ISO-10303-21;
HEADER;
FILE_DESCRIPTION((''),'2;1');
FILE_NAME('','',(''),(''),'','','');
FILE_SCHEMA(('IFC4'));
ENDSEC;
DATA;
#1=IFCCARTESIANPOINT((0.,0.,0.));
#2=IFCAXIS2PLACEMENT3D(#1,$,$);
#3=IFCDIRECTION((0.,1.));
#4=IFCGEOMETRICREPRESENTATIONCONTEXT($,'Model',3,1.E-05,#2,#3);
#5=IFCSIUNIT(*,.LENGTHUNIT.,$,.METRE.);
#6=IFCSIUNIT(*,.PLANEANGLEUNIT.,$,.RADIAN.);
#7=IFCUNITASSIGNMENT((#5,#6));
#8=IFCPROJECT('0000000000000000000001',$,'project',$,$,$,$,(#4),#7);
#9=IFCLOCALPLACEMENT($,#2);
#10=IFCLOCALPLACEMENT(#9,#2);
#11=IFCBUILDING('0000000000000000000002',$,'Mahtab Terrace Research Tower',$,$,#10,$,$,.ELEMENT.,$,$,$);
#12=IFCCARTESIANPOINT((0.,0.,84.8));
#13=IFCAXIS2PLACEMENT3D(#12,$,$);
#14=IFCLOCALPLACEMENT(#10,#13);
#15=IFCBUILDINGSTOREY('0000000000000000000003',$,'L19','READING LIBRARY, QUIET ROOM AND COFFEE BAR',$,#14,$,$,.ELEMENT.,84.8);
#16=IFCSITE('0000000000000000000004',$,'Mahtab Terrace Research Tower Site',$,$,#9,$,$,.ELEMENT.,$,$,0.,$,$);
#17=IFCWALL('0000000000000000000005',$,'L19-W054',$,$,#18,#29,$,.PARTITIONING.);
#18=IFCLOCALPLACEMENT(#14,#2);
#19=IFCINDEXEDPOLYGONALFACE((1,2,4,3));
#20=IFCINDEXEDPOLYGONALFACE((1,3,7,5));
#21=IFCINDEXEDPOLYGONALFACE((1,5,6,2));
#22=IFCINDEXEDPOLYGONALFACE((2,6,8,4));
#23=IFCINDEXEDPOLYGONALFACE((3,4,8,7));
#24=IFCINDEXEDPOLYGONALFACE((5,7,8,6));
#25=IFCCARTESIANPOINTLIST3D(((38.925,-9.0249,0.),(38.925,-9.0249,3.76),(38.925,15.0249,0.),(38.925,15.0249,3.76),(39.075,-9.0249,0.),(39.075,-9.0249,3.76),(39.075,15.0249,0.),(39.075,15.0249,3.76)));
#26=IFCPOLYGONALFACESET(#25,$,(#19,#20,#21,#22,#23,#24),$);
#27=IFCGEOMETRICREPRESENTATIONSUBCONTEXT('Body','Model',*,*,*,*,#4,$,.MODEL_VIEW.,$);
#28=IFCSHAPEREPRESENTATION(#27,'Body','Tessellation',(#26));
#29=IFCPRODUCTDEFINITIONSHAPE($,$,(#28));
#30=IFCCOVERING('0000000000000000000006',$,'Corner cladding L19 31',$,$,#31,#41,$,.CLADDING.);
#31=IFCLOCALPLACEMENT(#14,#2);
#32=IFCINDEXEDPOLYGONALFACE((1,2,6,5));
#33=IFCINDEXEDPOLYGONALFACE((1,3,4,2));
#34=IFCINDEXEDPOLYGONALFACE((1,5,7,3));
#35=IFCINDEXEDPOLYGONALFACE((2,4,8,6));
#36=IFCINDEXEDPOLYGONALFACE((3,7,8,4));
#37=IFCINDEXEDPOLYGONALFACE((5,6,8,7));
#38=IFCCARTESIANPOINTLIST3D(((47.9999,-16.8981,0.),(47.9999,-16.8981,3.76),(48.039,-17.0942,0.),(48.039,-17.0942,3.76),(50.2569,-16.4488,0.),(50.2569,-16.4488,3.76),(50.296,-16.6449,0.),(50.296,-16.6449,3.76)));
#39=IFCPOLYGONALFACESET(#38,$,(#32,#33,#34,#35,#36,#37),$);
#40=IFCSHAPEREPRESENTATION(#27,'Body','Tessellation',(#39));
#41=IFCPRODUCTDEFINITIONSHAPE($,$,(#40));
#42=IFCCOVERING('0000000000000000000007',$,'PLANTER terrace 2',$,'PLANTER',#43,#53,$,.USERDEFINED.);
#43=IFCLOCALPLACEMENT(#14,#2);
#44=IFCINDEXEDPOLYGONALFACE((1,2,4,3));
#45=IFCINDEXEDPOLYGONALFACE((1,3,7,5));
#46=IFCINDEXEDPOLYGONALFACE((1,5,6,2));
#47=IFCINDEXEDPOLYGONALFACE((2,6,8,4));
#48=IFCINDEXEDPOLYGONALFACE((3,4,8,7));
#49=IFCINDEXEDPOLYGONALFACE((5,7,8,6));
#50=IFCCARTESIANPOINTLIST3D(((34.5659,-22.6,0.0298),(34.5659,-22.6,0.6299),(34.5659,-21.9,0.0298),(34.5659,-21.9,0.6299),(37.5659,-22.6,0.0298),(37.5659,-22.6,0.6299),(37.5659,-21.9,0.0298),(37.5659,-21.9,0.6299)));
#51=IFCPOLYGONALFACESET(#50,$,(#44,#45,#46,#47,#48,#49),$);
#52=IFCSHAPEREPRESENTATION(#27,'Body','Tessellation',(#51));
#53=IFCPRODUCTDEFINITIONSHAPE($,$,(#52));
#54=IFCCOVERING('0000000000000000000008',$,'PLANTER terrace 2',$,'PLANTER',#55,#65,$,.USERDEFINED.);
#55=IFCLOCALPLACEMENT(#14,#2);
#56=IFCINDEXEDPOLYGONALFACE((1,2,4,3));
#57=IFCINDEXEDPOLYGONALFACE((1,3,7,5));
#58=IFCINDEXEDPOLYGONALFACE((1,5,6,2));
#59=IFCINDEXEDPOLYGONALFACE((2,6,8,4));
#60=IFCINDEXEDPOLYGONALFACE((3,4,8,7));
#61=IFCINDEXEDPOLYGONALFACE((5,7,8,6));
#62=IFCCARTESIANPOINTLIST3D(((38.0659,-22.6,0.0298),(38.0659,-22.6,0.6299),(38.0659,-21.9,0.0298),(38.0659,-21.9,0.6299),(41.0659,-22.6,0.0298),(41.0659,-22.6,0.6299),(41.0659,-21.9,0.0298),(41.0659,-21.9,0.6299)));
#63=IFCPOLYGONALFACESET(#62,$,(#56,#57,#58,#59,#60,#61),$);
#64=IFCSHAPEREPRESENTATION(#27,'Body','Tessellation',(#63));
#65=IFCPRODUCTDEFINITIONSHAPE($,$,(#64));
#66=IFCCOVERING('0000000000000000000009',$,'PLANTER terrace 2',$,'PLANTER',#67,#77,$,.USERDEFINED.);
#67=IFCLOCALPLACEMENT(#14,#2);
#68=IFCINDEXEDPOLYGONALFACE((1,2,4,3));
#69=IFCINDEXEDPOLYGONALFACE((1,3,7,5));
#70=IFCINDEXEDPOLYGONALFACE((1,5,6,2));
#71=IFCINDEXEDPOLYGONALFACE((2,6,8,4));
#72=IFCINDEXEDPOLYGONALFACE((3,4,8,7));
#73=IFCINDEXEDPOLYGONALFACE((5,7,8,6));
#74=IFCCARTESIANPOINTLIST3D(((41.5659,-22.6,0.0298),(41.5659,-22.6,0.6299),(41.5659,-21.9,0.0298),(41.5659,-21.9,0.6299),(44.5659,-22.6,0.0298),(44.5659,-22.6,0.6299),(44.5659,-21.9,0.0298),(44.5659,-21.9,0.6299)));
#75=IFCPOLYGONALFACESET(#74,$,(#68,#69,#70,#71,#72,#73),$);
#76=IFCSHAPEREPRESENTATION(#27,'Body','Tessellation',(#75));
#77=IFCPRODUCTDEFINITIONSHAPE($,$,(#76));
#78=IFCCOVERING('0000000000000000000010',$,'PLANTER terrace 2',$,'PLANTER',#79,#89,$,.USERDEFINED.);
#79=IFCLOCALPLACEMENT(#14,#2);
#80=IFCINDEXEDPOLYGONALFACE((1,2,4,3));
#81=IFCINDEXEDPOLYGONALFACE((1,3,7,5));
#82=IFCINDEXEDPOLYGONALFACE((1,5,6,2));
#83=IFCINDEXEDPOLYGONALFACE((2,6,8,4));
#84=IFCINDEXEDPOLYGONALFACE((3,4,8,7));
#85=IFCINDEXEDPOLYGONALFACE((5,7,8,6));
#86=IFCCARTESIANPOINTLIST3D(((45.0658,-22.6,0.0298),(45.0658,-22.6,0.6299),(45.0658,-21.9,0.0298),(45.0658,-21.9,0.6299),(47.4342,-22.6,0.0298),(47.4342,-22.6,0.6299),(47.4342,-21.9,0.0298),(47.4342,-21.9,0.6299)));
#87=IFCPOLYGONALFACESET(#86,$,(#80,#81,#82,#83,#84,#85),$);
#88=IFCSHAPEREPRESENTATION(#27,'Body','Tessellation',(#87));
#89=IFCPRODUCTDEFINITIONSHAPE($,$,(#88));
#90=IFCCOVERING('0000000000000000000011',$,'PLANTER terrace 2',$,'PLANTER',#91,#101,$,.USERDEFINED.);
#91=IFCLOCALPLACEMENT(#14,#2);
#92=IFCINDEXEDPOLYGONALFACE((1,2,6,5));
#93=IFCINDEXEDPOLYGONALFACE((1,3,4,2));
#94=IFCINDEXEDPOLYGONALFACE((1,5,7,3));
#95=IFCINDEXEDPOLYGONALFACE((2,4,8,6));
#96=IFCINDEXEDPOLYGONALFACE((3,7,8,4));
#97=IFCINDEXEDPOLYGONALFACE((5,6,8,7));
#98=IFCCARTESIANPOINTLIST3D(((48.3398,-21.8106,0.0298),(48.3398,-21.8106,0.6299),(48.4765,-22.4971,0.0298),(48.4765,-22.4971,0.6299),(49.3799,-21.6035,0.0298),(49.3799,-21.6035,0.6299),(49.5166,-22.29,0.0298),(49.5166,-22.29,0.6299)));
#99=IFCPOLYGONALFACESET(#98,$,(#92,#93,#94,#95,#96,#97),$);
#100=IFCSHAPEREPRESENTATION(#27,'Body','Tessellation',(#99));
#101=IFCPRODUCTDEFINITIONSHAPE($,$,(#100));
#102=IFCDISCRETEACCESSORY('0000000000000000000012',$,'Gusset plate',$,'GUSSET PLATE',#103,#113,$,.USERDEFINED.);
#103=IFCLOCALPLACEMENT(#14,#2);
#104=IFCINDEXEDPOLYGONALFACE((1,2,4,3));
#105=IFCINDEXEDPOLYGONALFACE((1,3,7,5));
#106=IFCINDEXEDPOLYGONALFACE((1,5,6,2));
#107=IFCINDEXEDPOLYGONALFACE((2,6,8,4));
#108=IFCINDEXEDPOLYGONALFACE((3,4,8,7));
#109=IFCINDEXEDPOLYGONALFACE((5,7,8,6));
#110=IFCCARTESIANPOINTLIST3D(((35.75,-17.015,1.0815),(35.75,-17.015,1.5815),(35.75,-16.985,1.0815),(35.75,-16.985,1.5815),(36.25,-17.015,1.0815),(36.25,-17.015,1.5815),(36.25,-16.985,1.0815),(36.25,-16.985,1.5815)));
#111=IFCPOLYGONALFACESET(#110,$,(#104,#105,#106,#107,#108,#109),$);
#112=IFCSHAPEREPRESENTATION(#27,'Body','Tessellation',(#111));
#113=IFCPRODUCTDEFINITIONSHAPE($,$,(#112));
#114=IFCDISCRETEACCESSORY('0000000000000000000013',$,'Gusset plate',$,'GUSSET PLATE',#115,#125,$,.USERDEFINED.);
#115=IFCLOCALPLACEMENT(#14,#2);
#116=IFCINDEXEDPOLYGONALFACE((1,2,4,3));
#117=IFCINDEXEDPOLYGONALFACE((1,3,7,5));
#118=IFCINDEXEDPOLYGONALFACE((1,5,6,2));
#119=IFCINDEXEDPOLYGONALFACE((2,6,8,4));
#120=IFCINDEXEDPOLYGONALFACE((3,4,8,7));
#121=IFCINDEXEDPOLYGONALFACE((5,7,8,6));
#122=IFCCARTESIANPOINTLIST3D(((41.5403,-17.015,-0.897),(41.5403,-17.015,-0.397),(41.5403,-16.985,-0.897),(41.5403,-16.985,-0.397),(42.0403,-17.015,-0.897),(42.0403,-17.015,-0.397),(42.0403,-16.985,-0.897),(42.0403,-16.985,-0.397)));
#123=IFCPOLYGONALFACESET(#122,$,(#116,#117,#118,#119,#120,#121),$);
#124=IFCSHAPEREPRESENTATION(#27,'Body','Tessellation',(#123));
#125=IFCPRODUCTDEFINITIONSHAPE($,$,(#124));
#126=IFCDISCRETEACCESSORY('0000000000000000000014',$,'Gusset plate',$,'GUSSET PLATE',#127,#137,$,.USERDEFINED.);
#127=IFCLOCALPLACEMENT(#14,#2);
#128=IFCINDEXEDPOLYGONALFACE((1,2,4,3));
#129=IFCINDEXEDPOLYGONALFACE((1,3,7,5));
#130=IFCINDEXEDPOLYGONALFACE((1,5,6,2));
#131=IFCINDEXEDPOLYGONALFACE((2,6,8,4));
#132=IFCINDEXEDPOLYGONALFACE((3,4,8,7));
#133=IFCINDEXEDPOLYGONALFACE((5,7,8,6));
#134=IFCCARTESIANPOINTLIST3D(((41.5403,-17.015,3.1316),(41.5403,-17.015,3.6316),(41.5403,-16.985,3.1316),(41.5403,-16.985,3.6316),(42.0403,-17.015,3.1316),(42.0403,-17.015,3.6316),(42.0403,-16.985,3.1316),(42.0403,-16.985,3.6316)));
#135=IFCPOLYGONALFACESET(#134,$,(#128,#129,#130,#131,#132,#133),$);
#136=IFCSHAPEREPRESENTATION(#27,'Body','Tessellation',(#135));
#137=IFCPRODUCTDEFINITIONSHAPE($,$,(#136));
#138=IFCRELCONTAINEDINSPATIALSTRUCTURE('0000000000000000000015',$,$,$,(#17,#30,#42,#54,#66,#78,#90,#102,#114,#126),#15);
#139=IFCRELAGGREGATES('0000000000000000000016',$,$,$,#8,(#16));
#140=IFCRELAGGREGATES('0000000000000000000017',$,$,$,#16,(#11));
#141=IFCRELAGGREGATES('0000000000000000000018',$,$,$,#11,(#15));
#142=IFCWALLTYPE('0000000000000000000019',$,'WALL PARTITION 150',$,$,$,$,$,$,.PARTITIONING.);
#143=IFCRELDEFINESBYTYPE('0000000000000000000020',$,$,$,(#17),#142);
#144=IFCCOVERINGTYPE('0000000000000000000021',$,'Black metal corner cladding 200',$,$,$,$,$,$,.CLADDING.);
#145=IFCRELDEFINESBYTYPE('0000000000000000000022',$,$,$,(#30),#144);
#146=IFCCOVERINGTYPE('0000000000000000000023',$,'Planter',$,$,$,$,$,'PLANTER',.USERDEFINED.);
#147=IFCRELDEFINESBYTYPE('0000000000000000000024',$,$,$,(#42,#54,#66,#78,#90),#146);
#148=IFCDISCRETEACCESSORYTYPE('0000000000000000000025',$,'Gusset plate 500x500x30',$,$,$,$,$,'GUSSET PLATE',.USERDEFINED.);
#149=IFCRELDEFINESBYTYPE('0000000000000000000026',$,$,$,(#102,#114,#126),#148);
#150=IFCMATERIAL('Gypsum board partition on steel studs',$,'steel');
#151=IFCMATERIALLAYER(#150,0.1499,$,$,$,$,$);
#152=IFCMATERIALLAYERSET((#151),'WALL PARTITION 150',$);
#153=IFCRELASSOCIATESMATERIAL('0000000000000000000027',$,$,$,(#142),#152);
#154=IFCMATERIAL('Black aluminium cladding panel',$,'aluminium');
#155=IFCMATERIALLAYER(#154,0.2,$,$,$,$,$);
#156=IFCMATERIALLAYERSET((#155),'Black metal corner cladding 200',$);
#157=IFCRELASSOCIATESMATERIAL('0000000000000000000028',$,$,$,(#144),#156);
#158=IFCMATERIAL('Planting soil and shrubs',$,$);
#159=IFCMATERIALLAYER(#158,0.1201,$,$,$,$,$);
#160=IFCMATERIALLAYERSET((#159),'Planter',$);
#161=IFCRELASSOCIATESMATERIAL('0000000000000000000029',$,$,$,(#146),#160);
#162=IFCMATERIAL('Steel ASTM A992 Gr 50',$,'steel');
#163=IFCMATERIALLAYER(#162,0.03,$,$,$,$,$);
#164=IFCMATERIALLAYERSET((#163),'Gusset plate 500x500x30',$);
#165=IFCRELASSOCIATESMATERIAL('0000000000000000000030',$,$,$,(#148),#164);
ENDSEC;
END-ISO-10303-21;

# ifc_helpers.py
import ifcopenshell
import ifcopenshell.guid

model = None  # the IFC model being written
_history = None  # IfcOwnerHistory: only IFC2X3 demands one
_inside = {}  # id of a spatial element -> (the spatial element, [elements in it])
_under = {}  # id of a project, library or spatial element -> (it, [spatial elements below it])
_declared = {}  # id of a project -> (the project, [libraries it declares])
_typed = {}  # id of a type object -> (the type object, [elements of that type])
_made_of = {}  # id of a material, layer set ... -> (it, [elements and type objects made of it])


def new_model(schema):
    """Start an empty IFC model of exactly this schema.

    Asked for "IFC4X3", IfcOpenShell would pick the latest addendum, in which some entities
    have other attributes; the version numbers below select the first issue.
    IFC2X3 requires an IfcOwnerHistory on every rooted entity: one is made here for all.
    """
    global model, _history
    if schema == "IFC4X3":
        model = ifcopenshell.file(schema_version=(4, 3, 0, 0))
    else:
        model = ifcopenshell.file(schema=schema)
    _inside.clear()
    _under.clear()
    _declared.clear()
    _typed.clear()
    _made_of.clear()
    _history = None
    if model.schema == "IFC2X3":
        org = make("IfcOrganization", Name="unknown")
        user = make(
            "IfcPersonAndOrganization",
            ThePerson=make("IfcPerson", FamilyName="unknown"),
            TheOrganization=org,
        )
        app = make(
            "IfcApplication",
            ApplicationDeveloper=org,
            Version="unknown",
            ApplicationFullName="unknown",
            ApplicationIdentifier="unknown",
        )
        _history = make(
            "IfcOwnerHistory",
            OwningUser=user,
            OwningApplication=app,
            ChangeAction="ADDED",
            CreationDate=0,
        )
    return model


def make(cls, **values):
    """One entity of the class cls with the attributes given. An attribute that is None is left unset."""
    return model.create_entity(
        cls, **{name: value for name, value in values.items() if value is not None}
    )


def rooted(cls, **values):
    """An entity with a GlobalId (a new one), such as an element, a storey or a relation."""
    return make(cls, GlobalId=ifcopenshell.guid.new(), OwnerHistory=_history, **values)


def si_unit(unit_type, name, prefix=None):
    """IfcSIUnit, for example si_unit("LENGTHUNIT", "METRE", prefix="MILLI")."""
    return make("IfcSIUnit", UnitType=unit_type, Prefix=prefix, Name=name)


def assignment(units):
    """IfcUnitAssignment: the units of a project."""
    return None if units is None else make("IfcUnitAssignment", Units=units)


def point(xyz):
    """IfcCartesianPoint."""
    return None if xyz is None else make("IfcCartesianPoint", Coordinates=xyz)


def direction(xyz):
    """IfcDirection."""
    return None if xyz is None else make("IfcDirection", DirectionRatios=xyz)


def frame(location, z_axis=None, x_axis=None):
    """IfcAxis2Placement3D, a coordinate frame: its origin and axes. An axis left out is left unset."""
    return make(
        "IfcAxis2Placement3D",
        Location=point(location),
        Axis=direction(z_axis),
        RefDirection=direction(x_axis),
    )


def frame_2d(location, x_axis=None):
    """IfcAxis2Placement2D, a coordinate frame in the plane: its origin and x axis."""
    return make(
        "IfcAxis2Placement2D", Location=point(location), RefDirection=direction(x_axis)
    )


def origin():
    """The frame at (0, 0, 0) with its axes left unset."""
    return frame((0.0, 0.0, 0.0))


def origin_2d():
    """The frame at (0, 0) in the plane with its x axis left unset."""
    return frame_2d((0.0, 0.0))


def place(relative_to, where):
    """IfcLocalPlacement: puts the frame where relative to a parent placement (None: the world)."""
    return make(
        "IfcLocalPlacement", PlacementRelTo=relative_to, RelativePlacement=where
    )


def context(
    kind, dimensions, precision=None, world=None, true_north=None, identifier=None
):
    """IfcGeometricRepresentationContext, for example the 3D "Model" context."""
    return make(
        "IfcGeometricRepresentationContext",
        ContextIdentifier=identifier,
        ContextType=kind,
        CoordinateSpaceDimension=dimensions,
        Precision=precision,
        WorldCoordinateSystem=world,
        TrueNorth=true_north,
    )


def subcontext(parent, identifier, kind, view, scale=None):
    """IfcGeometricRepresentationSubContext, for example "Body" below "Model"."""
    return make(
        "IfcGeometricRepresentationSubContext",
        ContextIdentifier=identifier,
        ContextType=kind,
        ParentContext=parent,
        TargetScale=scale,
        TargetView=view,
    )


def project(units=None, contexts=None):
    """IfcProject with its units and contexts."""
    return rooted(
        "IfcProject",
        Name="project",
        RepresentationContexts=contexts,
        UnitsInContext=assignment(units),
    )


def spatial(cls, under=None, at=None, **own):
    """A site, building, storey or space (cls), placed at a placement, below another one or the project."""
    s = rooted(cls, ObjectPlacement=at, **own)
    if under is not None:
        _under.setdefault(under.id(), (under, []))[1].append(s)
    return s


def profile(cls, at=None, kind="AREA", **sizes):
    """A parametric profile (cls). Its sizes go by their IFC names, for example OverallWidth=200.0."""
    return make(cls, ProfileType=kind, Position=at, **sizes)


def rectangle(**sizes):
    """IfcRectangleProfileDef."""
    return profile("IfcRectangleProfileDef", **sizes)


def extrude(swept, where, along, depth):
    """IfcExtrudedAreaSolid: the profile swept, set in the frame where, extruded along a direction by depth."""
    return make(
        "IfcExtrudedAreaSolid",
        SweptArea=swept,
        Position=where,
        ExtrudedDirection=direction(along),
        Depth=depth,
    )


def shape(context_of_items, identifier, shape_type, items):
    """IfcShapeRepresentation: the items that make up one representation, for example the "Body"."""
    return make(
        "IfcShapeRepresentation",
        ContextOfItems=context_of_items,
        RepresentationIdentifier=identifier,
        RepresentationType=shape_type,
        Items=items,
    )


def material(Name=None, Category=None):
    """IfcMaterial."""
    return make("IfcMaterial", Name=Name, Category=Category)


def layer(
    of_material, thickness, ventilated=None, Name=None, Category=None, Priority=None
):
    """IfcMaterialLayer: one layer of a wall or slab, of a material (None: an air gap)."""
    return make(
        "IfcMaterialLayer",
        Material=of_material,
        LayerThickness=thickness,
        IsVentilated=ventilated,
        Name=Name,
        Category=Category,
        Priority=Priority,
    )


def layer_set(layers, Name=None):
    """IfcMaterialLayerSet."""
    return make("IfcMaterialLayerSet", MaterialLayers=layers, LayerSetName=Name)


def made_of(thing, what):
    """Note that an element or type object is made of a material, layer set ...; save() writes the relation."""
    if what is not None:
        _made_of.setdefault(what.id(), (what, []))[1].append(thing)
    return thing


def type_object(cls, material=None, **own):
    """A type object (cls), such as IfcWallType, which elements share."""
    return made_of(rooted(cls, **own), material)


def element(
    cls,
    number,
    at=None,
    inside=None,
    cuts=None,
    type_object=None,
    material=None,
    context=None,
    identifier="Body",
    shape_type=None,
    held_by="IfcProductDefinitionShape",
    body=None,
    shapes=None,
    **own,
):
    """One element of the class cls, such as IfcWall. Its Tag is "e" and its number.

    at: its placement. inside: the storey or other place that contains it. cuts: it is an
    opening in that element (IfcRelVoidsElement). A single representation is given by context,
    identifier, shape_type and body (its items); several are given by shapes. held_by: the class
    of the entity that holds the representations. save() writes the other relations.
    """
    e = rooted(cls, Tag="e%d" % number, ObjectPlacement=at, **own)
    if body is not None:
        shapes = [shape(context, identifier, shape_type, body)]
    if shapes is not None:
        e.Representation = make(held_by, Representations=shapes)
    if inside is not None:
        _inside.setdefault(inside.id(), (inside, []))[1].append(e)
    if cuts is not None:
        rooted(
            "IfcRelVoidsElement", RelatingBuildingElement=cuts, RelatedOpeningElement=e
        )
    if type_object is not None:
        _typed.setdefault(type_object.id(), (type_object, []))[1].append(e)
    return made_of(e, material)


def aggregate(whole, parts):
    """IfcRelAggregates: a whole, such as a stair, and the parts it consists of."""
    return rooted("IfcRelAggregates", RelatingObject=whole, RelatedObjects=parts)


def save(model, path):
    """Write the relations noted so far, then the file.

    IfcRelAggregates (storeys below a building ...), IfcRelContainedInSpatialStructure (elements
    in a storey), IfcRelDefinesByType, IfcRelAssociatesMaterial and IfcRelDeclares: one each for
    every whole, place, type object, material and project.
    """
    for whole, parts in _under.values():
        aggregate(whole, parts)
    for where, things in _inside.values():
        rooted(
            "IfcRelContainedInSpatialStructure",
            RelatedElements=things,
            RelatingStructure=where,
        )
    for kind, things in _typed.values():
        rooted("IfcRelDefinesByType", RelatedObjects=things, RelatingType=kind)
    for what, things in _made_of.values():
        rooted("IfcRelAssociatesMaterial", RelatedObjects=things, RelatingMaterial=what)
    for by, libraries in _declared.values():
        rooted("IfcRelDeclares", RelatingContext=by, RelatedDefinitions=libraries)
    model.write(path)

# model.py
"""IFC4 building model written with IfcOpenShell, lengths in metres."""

from ifc_helpers import new_model, si_unit, direction, frame, frame_2d, origin, origin_2d, place, context, subcontext, project, spatial, rectangle, extrude, material, layer, layer_set, type_object, element, save


model = new_model("IFC4")

# Units and contexts
model_context = context("Model", 3, precision=1e-05, world=origin(), true_north=direction((0.0, 1.0)))
body_context = subcontext(model_context, "Body", "Model", "MODEL_VIEW")
ifc_project = project(units=[si_unit("LENGTHUNIT", "METRE"), si_unit("PLANEANGLEUNIT", "RADIAN")], contexts=[model_context])

# Site, building, storey
site_placement = place(None, origin())
site = spatial("IfcSite", under=ifc_project, at=site_placement, Name="Mahtab Terrace Research Tower Site", CompositionType="ELEMENT", RefElevation=0.0)
building_placement = place(site_placement, origin())
building = spatial("IfcBuilding", under=site, at=building_placement, Name="Mahtab Terrace Research Tower", CompositionType="ELEMENT")
storey_placement = place(building_placement, frame((0.0, 0.0, 84.8)))
storey = spatial("IfcBuildingStorey", under=building, at=storey_placement, Name="L19", Description="READING LIBRARY, QUIET ROOM AND COFFEE BAR", CompositionType="ELEMENT", Elevation=84.8)

# Shared definitions
ifc_material_1 = material(Name="Steel ASTM A992 Gr 50", Category="steel")

# Shared definitions
ifc_material_2 = material(Name="Black aluminium cladding panel", Category="aluminium")

# Wall
ifc_material_3 = material(Name="Gypsum board partition on steel studs", Category="steel")
ifc_layer_1 = layer(ifc_material_3, 0.1499)
ifc_layer_set_1 = layer_set([ifc_layer_1], Name="WALL PARTITION 150")
wall_type_1 = type_object("IfcWallType", Name="WALL PARTITION 150", PredefinedType="PARTITIONING", material=ifc_layer_set_1)
wall_1_placement = place(storey_placement, frame((39.0, -9.0249, 0.0), z_axis=(0.0, 0.0, 1.0), x_axis=(0.0, 1.0, 0.0)))
element("IfcWall", 1, at=wall_1_placement, inside=storey, type_object=wall_type_1, Name="L19-W054", PredefinedType="PARTITIONING", context=body_context, shape_type="SweptSolid", body=[
    extrude(rectangle(XDim=24.0498, YDim=0.1499, at=frame_2d((12.0249, 0.0))), origin(), (0.0, 0.0, 1.0), 3.76),
])

# Coverings
ifc_layer_2 = layer(ifc_material_2, 0.2)
ifc_layer_set_2 = layer_set([ifc_layer_2], Name="Black metal corner cladding 200")
covering_type_1 = type_object("IfcCoveringType", Name="Black metal corner cladding 200", PredefinedType="CLADDING", material=ifc_layer_set_2)
covering_1_placement = place(storey_placement, frame((49.1479, -16.7715, 0.0), z_axis=(0.0, 0.0, 1.0), x_axis=(0.980761, 0.195212, 0.0)))
element("IfcCovering", 2, at=covering_1_placement, inside=storey, type_object=covering_type_1, Name="Corner cladding L19 31", PredefinedType="CLADDING", context=body_context, shape_type="SweptSolid", body=[
    extrude(rectangle(XDim=2.3013, YDim=0.2, at=origin_2d()), origin(), (0.0, 0.0, 1.0), 3.76),
])
ifc_material_4 = material(Name="Planting soil and shrubs")
ifc_layer_3 = layer(ifc_material_4, 0.1201)
ifc_layer_set_3 = layer_set([ifc_layer_3], Name="Planter")
covering_type_2 = type_object("IfcCoveringType", Name="Planter", ElementType="PLANTER", PredefinedType="USERDEFINED", material=ifc_layer_set_3)
for number, where, z_axis, x_axis, name in (
    (3, (36.0659, -22.25, 0.0298), (0.0, 0.0, 1.0), (1.0, 0.0, 0.0), "PLANTER terrace 2"),
    (4, (39.5659, -22.25, 0.0298), (0.0, 0.0, 1.0), (1.0, 0.0, 0.0), "PLANTER terrace 2"),
    (5, (43.0659, -22.25, 0.0298), (0.0, 0.0, 1.0), (1.0, 0.0, 0.0), "PLANTER terrace 2"),
):
    element("IfcCovering", number, at=place(storey_placement, frame(where, z_axis=z_axis, x_axis=x_axis)), inside=storey, type_object=covering_type_2, Name=name, ObjectType="PLANTER", PredefinedType="USERDEFINED", context=body_context, shape_type="SweptSolid", body=[
        extrude(rectangle(XDim=3.0, YDim=0.7, at=origin_2d()), origin(), (0.0, 0.0, 1.0), 0.6001),
    ])
covering_2_placement = place(storey_placement, frame((46.25, -22.25, 0.0298), z_axis=(0.0, 0.0, 1.0), x_axis=(1.0, 0.0, 0.0)))
element("IfcCovering", 6, at=covering_2_placement, inside=storey, type_object=covering_type_2, Name="PLANTER terrace 2", ObjectType="PLANTER", PredefinedType="USERDEFINED", context=body_context, shape_type="SweptSolid", body=[
    extrude(rectangle(XDim=2.3684, YDim=0.7, at=origin_2d()), origin(), (0.0, 0.0, 1.0), 0.6001),
])
covering_3_placement = place(storey_placement, frame((48.9282, -22.0503, 0.0298), z_axis=(0.0, 0.0, 1.0), x_axis=(0.980743, 0.195304, 0.0)))
element("IfcCovering", 7, at=covering_3_placement, inside=storey, type_object=covering_type_2, Name="PLANTER terrace 2", ObjectType="PLANTER", PredefinedType="USERDEFINED", context=body_context, shape_type="SweptSolid", body=[
    extrude(rectangle(XDim=1.0605, YDim=0.7, at=origin_2d()), origin(), (0.0, 0.0, 1.0), 0.6001),
])

# Discrete accessories
ifc_layer_4 = layer(ifc_material_1, 0.03)
ifc_layer_set_4 = layer_set([ifc_layer_4], Name="Gusset plate 500x500x30")
discrete_accessory_type = type_object("IfcDiscreteAccessoryType", Name="Gusset plate 500x500x30", ElementType="GUSSET PLATE", PredefinedType="USERDEFINED", material=ifc_layer_set_4)
for number, where, z_axis, x_axis, name in (
    (8, (36.0, -17.0, 1.0815), (0.0, 0.0, 1.0), (1.0, 0.0, 0.0), "Gusset plate"),
    (9, (41.7903, -17.0, -0.897), (0.0, 0.0, 1.0), (1.0, 0.0, 0.0), "Gusset plate"),
    (10, (41.7903, -17.0, 3.1316), (0.0, 0.0, 1.0), (1.0, 0.0, 0.0), "Gusset plate"),
):
    element("IfcDiscreteAccessory", number, at=place(storey_placement, frame(where, z_axis=z_axis, x_axis=x_axis)), inside=storey, type_object=discrete_accessory_type, Name=name, ObjectType="GUSSET PLATE", PredefinedType="USERDEFINED", context=body_context, shape_type="SweptSolid", body=[
        extrude(rectangle(XDim=0.5, YDim=0.03, at=origin_2d()), origin(), (0.0, 0.0, 1.0), 0.5),
    ])

save(model, "model.ifc")
